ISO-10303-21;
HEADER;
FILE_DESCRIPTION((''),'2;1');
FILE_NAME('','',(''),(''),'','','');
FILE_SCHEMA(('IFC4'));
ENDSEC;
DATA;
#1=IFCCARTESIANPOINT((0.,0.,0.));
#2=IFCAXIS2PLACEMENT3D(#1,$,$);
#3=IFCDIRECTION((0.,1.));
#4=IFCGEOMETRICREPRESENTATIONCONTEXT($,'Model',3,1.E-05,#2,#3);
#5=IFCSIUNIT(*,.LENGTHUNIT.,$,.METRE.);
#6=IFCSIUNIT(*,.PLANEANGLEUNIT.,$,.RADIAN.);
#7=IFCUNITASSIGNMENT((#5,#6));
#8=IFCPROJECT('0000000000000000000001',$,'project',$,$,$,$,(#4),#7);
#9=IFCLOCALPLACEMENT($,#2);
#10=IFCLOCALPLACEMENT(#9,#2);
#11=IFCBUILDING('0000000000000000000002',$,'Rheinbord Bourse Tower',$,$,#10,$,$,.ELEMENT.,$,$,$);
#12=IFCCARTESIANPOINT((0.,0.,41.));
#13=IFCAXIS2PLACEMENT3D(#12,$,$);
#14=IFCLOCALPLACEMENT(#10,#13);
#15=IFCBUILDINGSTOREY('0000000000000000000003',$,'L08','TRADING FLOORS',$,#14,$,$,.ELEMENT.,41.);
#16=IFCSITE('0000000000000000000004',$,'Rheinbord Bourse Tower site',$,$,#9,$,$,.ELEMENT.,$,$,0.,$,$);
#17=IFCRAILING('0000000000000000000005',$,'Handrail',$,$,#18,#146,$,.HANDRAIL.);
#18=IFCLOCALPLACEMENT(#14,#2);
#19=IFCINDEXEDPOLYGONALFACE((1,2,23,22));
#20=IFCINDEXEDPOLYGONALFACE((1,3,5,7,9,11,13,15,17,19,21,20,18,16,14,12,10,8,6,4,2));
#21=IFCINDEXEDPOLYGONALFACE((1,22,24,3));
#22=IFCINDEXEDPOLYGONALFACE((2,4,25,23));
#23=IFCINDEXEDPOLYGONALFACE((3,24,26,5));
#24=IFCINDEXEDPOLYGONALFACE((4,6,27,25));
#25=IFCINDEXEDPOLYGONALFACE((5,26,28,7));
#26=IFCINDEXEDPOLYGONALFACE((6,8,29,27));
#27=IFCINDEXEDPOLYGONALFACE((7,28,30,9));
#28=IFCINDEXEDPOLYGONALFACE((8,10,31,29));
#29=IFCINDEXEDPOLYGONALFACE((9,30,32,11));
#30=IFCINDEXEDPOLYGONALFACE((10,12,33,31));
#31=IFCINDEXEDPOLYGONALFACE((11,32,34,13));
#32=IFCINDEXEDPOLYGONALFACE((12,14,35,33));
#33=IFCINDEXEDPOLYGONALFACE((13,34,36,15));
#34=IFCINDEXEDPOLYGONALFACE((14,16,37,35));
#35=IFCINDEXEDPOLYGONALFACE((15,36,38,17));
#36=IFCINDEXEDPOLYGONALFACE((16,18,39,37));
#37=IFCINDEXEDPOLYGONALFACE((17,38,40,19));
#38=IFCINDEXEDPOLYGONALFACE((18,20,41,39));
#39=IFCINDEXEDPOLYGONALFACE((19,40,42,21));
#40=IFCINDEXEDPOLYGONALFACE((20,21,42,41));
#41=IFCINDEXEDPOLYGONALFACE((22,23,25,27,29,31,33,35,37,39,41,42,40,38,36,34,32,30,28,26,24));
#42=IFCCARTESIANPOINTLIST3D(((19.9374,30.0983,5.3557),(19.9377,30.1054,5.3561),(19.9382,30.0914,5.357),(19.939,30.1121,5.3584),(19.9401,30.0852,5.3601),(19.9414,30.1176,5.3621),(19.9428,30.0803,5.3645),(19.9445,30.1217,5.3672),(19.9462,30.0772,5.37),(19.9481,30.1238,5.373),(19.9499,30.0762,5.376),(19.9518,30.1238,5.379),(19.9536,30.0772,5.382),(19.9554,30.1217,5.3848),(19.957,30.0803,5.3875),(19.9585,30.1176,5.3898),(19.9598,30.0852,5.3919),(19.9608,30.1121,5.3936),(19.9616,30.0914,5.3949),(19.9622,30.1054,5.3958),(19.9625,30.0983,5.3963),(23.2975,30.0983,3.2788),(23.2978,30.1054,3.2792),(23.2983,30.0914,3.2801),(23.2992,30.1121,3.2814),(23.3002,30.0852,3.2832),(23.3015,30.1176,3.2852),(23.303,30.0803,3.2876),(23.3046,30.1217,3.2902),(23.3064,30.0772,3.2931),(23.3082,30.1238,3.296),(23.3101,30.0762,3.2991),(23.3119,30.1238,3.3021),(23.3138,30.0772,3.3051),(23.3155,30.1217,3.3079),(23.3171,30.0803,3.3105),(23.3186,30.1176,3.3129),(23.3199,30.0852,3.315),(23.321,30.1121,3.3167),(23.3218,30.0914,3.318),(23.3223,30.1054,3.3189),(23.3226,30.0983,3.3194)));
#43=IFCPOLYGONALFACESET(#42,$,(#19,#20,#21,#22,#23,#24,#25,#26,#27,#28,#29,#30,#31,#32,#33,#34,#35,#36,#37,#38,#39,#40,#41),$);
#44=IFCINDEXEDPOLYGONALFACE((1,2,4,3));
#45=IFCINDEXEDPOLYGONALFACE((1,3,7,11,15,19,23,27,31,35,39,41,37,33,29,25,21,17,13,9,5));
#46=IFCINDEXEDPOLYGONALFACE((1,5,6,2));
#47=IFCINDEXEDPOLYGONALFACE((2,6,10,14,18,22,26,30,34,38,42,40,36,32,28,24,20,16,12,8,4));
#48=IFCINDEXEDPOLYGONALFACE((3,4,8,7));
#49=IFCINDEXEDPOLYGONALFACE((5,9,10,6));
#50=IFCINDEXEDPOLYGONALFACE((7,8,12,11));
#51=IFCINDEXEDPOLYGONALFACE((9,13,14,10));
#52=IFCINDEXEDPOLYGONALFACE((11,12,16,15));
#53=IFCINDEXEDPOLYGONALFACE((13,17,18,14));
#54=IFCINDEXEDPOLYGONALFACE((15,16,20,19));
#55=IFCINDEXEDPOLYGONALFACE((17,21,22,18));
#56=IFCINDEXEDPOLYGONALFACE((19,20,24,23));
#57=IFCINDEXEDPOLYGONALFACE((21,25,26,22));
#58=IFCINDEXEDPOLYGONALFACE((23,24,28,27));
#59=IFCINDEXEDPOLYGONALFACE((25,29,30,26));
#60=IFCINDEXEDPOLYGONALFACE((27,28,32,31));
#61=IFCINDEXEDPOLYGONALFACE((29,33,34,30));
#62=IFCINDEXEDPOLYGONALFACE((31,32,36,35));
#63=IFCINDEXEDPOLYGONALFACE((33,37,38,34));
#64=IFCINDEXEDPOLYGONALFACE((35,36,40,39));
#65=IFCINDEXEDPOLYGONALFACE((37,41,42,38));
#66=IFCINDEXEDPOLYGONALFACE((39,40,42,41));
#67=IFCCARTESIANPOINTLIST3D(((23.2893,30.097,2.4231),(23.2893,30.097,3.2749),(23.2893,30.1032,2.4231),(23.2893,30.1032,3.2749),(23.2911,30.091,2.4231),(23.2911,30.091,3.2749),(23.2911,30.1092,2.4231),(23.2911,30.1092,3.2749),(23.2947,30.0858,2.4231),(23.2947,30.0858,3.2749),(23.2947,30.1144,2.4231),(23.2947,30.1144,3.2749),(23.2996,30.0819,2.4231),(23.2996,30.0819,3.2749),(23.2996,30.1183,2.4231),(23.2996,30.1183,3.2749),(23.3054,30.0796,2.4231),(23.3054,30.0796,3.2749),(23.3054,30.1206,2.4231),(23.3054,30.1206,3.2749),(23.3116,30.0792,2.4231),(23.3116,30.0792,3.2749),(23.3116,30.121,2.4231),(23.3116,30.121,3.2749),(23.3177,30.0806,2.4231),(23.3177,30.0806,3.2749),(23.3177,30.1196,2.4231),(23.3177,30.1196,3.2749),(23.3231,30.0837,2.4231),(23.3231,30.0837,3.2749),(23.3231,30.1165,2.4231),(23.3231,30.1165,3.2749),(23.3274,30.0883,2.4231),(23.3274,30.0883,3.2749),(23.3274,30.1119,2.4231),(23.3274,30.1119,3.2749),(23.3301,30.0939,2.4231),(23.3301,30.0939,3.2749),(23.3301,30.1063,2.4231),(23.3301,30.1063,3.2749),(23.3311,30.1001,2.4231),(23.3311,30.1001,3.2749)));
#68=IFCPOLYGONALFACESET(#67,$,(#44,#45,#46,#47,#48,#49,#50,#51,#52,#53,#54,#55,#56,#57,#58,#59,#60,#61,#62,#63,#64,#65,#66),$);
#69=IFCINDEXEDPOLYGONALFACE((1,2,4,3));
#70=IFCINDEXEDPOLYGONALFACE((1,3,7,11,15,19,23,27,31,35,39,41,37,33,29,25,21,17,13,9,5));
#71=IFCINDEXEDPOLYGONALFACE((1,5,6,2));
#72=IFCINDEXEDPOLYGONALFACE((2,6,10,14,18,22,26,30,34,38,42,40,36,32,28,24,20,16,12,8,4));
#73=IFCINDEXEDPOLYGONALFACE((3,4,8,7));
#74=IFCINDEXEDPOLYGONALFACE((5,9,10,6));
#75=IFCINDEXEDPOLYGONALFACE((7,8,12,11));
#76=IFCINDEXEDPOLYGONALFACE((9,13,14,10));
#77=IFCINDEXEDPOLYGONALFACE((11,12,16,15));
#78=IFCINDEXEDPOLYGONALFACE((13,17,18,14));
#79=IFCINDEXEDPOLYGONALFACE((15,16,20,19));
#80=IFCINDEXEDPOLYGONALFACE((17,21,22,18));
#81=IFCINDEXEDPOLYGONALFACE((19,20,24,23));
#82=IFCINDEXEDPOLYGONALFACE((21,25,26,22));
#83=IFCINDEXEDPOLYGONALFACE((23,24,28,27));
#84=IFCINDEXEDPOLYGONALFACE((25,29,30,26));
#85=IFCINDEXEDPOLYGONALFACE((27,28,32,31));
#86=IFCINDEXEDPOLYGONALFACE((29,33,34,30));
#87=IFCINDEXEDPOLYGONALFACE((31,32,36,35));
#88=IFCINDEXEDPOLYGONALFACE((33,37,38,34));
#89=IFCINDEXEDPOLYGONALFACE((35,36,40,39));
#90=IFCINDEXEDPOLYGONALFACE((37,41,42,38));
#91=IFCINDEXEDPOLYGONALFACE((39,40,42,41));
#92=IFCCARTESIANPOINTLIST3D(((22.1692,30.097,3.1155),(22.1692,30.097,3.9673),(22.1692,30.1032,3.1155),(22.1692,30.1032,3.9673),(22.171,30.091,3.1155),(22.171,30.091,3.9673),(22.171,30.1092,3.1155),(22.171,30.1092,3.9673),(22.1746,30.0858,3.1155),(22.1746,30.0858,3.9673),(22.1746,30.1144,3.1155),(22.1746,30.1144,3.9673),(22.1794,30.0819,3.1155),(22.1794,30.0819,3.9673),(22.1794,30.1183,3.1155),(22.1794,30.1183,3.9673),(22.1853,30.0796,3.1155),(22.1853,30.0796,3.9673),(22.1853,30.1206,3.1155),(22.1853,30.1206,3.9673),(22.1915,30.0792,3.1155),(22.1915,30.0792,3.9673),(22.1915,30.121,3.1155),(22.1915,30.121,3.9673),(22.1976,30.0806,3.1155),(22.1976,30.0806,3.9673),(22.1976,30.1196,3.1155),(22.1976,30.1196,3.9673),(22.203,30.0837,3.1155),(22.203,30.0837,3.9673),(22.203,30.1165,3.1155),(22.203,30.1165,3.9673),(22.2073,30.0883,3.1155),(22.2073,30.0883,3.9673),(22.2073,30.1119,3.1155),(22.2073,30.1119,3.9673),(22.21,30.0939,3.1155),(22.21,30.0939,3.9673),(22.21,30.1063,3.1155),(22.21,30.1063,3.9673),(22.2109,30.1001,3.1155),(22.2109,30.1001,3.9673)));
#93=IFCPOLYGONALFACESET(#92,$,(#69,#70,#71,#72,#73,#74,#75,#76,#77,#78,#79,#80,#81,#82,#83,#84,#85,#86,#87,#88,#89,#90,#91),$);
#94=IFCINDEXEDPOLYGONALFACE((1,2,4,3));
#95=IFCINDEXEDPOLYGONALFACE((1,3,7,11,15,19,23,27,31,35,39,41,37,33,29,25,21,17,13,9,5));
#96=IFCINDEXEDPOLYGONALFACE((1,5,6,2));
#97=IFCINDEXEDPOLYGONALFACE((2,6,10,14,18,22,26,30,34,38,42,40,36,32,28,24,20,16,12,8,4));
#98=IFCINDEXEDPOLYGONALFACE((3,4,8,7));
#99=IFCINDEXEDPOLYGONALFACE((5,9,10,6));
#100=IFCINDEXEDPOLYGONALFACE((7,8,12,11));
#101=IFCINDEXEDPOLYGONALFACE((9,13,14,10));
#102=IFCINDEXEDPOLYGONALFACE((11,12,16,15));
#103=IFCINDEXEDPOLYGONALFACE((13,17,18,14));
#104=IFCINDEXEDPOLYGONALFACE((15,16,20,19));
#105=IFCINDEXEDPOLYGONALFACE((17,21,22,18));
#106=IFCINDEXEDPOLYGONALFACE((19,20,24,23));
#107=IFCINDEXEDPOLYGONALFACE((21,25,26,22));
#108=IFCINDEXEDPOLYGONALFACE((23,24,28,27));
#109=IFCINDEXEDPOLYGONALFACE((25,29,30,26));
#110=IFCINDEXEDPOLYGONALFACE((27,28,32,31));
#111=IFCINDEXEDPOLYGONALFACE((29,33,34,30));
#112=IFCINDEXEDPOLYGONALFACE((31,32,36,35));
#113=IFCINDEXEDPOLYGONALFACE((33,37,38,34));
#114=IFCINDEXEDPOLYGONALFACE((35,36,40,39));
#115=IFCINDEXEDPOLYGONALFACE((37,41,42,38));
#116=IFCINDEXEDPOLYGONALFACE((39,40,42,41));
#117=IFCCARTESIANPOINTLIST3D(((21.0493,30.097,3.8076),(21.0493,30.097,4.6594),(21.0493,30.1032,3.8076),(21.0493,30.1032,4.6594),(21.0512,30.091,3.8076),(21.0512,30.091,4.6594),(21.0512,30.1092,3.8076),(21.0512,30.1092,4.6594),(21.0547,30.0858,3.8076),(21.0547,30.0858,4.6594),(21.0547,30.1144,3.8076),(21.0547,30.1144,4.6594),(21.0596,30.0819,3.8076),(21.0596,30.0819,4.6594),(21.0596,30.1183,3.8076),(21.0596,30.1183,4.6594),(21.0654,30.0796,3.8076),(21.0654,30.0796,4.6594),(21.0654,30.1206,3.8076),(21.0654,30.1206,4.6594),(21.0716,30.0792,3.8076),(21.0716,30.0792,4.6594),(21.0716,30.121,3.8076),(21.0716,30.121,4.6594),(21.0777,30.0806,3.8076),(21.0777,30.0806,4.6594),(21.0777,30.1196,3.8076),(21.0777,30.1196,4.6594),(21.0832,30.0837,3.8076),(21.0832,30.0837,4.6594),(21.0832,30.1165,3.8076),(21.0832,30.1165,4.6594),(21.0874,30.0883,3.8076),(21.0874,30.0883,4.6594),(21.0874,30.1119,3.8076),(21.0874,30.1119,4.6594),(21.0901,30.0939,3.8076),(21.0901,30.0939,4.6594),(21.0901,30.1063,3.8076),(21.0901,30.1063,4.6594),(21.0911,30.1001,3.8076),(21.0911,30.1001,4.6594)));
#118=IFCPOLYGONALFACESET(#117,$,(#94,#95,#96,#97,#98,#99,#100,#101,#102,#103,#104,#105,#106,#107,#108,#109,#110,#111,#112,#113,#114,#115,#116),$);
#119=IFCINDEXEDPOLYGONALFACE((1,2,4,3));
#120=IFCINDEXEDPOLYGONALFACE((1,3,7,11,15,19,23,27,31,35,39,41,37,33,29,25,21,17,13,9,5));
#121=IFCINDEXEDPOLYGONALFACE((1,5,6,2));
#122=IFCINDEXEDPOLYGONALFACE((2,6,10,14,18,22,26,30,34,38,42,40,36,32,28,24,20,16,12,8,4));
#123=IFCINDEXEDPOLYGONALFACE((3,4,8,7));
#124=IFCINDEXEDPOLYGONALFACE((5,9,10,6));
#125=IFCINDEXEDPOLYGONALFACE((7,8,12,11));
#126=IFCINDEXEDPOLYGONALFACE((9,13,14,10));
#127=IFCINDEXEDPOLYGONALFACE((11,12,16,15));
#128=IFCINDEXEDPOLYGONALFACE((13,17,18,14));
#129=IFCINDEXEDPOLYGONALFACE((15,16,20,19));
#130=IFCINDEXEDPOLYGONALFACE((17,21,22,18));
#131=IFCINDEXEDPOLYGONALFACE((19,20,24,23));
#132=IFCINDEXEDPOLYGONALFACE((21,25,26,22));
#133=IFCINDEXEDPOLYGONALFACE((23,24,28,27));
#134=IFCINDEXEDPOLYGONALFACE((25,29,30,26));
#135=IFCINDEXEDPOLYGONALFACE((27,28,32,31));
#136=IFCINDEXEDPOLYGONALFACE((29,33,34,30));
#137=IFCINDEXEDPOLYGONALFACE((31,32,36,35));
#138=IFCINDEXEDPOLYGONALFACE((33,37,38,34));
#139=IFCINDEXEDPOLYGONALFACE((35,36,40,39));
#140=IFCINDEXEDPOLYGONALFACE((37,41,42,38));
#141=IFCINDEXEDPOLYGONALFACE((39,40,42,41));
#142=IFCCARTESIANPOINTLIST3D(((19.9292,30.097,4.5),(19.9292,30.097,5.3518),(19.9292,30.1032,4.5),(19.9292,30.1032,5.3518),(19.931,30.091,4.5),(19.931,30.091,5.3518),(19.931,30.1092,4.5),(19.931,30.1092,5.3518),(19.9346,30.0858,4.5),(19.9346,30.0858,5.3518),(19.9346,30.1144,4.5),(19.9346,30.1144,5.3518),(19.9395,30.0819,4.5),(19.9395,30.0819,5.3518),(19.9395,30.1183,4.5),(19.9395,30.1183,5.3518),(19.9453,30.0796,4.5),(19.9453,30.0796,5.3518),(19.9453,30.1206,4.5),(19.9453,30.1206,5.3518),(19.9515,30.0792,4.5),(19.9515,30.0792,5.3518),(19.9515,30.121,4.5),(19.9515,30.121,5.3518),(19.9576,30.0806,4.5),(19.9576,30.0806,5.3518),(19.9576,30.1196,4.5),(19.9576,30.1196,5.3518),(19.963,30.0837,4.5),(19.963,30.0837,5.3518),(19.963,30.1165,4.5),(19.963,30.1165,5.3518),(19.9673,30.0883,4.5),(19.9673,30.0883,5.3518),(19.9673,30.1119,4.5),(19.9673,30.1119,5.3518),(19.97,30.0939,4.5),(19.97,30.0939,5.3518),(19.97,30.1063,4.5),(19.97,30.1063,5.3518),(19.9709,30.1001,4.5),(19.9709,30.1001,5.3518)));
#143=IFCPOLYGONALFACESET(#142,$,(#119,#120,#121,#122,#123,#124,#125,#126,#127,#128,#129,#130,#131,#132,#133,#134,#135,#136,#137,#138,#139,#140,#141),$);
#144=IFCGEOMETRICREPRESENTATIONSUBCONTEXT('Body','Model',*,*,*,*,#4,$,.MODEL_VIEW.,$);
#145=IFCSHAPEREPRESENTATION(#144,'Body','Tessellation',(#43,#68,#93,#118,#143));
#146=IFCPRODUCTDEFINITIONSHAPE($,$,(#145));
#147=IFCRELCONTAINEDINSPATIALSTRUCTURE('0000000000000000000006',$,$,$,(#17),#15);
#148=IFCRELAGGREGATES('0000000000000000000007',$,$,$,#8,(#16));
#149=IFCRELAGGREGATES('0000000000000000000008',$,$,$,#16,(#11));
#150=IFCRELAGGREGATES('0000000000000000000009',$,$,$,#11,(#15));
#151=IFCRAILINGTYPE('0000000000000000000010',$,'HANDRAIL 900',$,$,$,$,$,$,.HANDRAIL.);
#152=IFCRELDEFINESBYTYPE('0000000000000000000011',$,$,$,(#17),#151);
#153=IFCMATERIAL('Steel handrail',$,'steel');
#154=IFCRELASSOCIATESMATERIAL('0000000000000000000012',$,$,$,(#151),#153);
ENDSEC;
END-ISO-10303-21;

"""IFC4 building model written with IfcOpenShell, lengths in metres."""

from ifc_helpers import new_model, si_unit, direction, frame, origin, origin_2d, place, context, subcontext, project, spatial, circle, extrude, material, type_object, element, save


model = new_model("IFC4")

# Units and contexts
model_context = context("Model", 3, precision=1e-05, world=origin(), true_north=direction((0.0, 1.0)))
body_context = subcontext(model_context, "Body", "Model", "MODEL_VIEW")
ifc_project = project(units=[si_unit("LENGTHUNIT", "METRE"), si_unit("PLANEANGLEUNIT", "RADIAN")], contexts=[model_context])

# Site, building, storey
site_placement = place(None, origin())
site = spatial("IfcSite", under=ifc_project, at=site_placement, Name="Rheinbord Bourse Tower site", CompositionType="ELEMENT", RefElevation=0.0)
building_placement = place(site_placement, origin())
building = spatial("IfcBuilding", under=site, at=building_placement, Name="Rheinbord Bourse Tower", CompositionType="ELEMENT")
storey_placement = place(building_placement, frame((0.0, 0.0, 41.0)))
storey = spatial("IfcBuildingStorey", under=building, at=storey_placement, Name="L08", Description="TRADING FLOORS", CompositionType="ELEMENT", Elevation=41.0)

# Railing
ifc_material_1 = material(Name="Steel handrail", Category="steel")
railing_type = type_object("IfcRailingType", Name="HANDRAIL 900", PredefinedType="HANDRAIL", material=ifc_material_1)
railing_1_placement = place(storey_placement, frame((23.3101, 30.1001, 2.4231)))
element("IfcRailing", 1, at=railing_1_placement, inside=storey, type_object=railing_type, Name="Handrail", PredefinedType="HANDRAIL", context=body_context, shape_type="SweptSolid", body=[
    extrude(circle(Radius=0.0239, at=origin_2d()), frame((0.0, 0.0, 0.876), z_axis=(-0.850623, 0.0, 0.525776), x_axis=(0.0, -1.0, 0.0)), (0.0, 0.0, 1.0), 3.9502),
    extrude(circle(Radius=0.021, at=origin_2d()), origin(), (0.0, 0.0, 1.0), 0.8518),
    extrude(circle(Radius=0.021, at=origin_2d()), frame((-1.1201, 0.0, 0.6924)), (0.0, 0.0, 1.0), 0.8518),
    extrude(circle(Radius=0.021, at=origin_2d()), frame((-2.24, 0.0, 1.3845)), (0.0, 0.0, 1.0), 0.8518),
    extrude(circle(Radius=0.021, at=origin_2d()), frame((-3.3601, 0.0, 2.0769)), (0.0, 0.0, 1.0), 0.8518),
])

save(model, "model.ifc")
